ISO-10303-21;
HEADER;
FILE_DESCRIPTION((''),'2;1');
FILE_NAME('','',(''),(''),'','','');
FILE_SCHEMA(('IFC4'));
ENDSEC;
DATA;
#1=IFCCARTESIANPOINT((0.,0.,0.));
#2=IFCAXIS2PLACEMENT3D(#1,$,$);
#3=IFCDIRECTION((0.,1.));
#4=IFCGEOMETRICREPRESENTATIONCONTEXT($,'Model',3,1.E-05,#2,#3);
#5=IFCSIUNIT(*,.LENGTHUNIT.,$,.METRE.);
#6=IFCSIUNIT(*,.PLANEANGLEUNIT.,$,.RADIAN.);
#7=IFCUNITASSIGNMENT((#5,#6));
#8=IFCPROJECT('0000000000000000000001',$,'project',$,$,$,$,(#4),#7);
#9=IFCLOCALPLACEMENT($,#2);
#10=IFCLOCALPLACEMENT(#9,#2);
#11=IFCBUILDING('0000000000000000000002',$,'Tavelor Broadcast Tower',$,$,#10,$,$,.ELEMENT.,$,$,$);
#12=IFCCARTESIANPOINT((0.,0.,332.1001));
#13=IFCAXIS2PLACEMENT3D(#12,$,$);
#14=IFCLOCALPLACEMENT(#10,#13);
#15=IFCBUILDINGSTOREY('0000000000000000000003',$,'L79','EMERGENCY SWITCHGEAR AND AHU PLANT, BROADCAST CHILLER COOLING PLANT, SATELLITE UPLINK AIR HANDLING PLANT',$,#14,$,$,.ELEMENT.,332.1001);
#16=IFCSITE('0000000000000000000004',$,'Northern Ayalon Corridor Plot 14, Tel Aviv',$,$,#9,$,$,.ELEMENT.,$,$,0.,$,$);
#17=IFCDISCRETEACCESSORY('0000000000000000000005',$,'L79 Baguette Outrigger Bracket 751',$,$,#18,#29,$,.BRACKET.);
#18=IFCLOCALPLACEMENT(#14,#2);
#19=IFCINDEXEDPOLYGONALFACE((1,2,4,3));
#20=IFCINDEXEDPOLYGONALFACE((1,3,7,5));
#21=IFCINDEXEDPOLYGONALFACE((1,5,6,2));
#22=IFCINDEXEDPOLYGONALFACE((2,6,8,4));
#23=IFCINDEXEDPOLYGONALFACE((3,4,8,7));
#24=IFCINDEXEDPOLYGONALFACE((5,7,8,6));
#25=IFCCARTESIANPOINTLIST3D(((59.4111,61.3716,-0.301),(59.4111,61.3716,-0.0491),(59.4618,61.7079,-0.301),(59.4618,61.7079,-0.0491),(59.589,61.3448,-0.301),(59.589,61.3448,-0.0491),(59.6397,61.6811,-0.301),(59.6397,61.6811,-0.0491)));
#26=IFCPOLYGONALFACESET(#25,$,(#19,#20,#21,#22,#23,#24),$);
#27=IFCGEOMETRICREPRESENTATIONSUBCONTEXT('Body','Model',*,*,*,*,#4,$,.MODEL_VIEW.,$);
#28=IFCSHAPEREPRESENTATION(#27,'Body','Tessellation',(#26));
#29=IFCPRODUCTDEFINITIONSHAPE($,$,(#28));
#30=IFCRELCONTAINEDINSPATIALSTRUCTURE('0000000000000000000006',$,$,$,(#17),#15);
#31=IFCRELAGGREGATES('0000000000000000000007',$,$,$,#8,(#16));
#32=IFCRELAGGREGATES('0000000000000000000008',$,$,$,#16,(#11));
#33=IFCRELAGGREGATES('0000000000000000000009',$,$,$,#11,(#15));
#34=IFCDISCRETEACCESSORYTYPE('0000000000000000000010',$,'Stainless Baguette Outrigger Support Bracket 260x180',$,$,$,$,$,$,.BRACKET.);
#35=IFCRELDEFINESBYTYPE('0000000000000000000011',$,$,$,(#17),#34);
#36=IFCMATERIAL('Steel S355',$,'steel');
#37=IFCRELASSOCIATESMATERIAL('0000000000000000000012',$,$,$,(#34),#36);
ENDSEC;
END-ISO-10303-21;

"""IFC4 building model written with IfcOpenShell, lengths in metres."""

from ifc_helpers import new_model, si_unit, direction, frame, origin, origin_2d, place, context, subcontext, project, spatial, rectangle, extrude, source, transform, mapped, material, type_object, type_shapes, element, save


model = new_model("IFC4")

# Units and contexts
model_context = context("Model", 3, precision=1e-05, world=origin(), true_north=direction((0.0, 1.0)))
body_context = subcontext(model_context, "Body", "Model", "MODEL_VIEW")
ifc_project = project(units=[si_unit("LENGTHUNIT", "METRE"), si_unit("PLANEANGLEUNIT", "RADIAN")], contexts=[model_context])

# Site, building, storey
site_placement = place(None, origin())
site = spatial("IfcSite", under=ifc_project, at=site_placement, Name="Northern Ayalon Corridor Plot 14, Tel Aviv", CompositionType="ELEMENT", RefElevation=0.0)
building_placement = place(site_placement, origin())
building = spatial("IfcBuilding", under=site, at=building_placement, Name="Tavelor Broadcast Tower", CompositionType="ELEMENT")
storey_placement = place(building_placement, frame((0.0, 0.0, 332.1001)))
storey = spatial("IfcBuildingStorey", under=building, at=storey_placement, Name="L79", Description="EMERGENCY SWITCHGEAR AND AHU PLANT, BROADCAST CHILLER COOLING PLANT, SATELLITE UPLINK AIR HANDLING PLANT", CompositionType="ELEMENT", Elevation=332.1001)

# Shared definitions
ifc_material_1 = material(Name="Steel S355", Category="steel")

# Discrete accessory
discrete_accessory_type = type_object("IfcDiscreteAccessoryType", Name="Stainless Baguette Outrigger Support Bracket 260x180", PredefinedType="BRACKET", material=ifc_material_1)
shared_shape_1 = source(origin(), body_context, "Body", "SweptSolid", [
    extrude(rectangle(XDim=0.1799, YDim=0.3401, at=origin_2d()), origin(), (0.0, 0.0, 1.0), 0.252),
])
type_shapes(discrete_accessory_type, [shared_shape_1])
discrete_accessory_placement = place(storey_placement, frame((59.5254, 61.5264, -0.301), z_axis=(0.0, 0.0, 1.0), x_axis=(-0.988809, 0.14919, 0.0)))
element("IfcDiscreteAccessory", 1, at=discrete_accessory_placement, inside=storey, type_object=discrete_accessory_type, Name="L79 Baguette Outrigger Bracket 751", PredefinedType="BRACKET", context=body_context, shape_type="MappedRepresentation", body=[
    mapped(shared_shape_1, transform((0.0, 0.0, 0.0), scale=1.0)),
])

save(model, "model.ifc")
